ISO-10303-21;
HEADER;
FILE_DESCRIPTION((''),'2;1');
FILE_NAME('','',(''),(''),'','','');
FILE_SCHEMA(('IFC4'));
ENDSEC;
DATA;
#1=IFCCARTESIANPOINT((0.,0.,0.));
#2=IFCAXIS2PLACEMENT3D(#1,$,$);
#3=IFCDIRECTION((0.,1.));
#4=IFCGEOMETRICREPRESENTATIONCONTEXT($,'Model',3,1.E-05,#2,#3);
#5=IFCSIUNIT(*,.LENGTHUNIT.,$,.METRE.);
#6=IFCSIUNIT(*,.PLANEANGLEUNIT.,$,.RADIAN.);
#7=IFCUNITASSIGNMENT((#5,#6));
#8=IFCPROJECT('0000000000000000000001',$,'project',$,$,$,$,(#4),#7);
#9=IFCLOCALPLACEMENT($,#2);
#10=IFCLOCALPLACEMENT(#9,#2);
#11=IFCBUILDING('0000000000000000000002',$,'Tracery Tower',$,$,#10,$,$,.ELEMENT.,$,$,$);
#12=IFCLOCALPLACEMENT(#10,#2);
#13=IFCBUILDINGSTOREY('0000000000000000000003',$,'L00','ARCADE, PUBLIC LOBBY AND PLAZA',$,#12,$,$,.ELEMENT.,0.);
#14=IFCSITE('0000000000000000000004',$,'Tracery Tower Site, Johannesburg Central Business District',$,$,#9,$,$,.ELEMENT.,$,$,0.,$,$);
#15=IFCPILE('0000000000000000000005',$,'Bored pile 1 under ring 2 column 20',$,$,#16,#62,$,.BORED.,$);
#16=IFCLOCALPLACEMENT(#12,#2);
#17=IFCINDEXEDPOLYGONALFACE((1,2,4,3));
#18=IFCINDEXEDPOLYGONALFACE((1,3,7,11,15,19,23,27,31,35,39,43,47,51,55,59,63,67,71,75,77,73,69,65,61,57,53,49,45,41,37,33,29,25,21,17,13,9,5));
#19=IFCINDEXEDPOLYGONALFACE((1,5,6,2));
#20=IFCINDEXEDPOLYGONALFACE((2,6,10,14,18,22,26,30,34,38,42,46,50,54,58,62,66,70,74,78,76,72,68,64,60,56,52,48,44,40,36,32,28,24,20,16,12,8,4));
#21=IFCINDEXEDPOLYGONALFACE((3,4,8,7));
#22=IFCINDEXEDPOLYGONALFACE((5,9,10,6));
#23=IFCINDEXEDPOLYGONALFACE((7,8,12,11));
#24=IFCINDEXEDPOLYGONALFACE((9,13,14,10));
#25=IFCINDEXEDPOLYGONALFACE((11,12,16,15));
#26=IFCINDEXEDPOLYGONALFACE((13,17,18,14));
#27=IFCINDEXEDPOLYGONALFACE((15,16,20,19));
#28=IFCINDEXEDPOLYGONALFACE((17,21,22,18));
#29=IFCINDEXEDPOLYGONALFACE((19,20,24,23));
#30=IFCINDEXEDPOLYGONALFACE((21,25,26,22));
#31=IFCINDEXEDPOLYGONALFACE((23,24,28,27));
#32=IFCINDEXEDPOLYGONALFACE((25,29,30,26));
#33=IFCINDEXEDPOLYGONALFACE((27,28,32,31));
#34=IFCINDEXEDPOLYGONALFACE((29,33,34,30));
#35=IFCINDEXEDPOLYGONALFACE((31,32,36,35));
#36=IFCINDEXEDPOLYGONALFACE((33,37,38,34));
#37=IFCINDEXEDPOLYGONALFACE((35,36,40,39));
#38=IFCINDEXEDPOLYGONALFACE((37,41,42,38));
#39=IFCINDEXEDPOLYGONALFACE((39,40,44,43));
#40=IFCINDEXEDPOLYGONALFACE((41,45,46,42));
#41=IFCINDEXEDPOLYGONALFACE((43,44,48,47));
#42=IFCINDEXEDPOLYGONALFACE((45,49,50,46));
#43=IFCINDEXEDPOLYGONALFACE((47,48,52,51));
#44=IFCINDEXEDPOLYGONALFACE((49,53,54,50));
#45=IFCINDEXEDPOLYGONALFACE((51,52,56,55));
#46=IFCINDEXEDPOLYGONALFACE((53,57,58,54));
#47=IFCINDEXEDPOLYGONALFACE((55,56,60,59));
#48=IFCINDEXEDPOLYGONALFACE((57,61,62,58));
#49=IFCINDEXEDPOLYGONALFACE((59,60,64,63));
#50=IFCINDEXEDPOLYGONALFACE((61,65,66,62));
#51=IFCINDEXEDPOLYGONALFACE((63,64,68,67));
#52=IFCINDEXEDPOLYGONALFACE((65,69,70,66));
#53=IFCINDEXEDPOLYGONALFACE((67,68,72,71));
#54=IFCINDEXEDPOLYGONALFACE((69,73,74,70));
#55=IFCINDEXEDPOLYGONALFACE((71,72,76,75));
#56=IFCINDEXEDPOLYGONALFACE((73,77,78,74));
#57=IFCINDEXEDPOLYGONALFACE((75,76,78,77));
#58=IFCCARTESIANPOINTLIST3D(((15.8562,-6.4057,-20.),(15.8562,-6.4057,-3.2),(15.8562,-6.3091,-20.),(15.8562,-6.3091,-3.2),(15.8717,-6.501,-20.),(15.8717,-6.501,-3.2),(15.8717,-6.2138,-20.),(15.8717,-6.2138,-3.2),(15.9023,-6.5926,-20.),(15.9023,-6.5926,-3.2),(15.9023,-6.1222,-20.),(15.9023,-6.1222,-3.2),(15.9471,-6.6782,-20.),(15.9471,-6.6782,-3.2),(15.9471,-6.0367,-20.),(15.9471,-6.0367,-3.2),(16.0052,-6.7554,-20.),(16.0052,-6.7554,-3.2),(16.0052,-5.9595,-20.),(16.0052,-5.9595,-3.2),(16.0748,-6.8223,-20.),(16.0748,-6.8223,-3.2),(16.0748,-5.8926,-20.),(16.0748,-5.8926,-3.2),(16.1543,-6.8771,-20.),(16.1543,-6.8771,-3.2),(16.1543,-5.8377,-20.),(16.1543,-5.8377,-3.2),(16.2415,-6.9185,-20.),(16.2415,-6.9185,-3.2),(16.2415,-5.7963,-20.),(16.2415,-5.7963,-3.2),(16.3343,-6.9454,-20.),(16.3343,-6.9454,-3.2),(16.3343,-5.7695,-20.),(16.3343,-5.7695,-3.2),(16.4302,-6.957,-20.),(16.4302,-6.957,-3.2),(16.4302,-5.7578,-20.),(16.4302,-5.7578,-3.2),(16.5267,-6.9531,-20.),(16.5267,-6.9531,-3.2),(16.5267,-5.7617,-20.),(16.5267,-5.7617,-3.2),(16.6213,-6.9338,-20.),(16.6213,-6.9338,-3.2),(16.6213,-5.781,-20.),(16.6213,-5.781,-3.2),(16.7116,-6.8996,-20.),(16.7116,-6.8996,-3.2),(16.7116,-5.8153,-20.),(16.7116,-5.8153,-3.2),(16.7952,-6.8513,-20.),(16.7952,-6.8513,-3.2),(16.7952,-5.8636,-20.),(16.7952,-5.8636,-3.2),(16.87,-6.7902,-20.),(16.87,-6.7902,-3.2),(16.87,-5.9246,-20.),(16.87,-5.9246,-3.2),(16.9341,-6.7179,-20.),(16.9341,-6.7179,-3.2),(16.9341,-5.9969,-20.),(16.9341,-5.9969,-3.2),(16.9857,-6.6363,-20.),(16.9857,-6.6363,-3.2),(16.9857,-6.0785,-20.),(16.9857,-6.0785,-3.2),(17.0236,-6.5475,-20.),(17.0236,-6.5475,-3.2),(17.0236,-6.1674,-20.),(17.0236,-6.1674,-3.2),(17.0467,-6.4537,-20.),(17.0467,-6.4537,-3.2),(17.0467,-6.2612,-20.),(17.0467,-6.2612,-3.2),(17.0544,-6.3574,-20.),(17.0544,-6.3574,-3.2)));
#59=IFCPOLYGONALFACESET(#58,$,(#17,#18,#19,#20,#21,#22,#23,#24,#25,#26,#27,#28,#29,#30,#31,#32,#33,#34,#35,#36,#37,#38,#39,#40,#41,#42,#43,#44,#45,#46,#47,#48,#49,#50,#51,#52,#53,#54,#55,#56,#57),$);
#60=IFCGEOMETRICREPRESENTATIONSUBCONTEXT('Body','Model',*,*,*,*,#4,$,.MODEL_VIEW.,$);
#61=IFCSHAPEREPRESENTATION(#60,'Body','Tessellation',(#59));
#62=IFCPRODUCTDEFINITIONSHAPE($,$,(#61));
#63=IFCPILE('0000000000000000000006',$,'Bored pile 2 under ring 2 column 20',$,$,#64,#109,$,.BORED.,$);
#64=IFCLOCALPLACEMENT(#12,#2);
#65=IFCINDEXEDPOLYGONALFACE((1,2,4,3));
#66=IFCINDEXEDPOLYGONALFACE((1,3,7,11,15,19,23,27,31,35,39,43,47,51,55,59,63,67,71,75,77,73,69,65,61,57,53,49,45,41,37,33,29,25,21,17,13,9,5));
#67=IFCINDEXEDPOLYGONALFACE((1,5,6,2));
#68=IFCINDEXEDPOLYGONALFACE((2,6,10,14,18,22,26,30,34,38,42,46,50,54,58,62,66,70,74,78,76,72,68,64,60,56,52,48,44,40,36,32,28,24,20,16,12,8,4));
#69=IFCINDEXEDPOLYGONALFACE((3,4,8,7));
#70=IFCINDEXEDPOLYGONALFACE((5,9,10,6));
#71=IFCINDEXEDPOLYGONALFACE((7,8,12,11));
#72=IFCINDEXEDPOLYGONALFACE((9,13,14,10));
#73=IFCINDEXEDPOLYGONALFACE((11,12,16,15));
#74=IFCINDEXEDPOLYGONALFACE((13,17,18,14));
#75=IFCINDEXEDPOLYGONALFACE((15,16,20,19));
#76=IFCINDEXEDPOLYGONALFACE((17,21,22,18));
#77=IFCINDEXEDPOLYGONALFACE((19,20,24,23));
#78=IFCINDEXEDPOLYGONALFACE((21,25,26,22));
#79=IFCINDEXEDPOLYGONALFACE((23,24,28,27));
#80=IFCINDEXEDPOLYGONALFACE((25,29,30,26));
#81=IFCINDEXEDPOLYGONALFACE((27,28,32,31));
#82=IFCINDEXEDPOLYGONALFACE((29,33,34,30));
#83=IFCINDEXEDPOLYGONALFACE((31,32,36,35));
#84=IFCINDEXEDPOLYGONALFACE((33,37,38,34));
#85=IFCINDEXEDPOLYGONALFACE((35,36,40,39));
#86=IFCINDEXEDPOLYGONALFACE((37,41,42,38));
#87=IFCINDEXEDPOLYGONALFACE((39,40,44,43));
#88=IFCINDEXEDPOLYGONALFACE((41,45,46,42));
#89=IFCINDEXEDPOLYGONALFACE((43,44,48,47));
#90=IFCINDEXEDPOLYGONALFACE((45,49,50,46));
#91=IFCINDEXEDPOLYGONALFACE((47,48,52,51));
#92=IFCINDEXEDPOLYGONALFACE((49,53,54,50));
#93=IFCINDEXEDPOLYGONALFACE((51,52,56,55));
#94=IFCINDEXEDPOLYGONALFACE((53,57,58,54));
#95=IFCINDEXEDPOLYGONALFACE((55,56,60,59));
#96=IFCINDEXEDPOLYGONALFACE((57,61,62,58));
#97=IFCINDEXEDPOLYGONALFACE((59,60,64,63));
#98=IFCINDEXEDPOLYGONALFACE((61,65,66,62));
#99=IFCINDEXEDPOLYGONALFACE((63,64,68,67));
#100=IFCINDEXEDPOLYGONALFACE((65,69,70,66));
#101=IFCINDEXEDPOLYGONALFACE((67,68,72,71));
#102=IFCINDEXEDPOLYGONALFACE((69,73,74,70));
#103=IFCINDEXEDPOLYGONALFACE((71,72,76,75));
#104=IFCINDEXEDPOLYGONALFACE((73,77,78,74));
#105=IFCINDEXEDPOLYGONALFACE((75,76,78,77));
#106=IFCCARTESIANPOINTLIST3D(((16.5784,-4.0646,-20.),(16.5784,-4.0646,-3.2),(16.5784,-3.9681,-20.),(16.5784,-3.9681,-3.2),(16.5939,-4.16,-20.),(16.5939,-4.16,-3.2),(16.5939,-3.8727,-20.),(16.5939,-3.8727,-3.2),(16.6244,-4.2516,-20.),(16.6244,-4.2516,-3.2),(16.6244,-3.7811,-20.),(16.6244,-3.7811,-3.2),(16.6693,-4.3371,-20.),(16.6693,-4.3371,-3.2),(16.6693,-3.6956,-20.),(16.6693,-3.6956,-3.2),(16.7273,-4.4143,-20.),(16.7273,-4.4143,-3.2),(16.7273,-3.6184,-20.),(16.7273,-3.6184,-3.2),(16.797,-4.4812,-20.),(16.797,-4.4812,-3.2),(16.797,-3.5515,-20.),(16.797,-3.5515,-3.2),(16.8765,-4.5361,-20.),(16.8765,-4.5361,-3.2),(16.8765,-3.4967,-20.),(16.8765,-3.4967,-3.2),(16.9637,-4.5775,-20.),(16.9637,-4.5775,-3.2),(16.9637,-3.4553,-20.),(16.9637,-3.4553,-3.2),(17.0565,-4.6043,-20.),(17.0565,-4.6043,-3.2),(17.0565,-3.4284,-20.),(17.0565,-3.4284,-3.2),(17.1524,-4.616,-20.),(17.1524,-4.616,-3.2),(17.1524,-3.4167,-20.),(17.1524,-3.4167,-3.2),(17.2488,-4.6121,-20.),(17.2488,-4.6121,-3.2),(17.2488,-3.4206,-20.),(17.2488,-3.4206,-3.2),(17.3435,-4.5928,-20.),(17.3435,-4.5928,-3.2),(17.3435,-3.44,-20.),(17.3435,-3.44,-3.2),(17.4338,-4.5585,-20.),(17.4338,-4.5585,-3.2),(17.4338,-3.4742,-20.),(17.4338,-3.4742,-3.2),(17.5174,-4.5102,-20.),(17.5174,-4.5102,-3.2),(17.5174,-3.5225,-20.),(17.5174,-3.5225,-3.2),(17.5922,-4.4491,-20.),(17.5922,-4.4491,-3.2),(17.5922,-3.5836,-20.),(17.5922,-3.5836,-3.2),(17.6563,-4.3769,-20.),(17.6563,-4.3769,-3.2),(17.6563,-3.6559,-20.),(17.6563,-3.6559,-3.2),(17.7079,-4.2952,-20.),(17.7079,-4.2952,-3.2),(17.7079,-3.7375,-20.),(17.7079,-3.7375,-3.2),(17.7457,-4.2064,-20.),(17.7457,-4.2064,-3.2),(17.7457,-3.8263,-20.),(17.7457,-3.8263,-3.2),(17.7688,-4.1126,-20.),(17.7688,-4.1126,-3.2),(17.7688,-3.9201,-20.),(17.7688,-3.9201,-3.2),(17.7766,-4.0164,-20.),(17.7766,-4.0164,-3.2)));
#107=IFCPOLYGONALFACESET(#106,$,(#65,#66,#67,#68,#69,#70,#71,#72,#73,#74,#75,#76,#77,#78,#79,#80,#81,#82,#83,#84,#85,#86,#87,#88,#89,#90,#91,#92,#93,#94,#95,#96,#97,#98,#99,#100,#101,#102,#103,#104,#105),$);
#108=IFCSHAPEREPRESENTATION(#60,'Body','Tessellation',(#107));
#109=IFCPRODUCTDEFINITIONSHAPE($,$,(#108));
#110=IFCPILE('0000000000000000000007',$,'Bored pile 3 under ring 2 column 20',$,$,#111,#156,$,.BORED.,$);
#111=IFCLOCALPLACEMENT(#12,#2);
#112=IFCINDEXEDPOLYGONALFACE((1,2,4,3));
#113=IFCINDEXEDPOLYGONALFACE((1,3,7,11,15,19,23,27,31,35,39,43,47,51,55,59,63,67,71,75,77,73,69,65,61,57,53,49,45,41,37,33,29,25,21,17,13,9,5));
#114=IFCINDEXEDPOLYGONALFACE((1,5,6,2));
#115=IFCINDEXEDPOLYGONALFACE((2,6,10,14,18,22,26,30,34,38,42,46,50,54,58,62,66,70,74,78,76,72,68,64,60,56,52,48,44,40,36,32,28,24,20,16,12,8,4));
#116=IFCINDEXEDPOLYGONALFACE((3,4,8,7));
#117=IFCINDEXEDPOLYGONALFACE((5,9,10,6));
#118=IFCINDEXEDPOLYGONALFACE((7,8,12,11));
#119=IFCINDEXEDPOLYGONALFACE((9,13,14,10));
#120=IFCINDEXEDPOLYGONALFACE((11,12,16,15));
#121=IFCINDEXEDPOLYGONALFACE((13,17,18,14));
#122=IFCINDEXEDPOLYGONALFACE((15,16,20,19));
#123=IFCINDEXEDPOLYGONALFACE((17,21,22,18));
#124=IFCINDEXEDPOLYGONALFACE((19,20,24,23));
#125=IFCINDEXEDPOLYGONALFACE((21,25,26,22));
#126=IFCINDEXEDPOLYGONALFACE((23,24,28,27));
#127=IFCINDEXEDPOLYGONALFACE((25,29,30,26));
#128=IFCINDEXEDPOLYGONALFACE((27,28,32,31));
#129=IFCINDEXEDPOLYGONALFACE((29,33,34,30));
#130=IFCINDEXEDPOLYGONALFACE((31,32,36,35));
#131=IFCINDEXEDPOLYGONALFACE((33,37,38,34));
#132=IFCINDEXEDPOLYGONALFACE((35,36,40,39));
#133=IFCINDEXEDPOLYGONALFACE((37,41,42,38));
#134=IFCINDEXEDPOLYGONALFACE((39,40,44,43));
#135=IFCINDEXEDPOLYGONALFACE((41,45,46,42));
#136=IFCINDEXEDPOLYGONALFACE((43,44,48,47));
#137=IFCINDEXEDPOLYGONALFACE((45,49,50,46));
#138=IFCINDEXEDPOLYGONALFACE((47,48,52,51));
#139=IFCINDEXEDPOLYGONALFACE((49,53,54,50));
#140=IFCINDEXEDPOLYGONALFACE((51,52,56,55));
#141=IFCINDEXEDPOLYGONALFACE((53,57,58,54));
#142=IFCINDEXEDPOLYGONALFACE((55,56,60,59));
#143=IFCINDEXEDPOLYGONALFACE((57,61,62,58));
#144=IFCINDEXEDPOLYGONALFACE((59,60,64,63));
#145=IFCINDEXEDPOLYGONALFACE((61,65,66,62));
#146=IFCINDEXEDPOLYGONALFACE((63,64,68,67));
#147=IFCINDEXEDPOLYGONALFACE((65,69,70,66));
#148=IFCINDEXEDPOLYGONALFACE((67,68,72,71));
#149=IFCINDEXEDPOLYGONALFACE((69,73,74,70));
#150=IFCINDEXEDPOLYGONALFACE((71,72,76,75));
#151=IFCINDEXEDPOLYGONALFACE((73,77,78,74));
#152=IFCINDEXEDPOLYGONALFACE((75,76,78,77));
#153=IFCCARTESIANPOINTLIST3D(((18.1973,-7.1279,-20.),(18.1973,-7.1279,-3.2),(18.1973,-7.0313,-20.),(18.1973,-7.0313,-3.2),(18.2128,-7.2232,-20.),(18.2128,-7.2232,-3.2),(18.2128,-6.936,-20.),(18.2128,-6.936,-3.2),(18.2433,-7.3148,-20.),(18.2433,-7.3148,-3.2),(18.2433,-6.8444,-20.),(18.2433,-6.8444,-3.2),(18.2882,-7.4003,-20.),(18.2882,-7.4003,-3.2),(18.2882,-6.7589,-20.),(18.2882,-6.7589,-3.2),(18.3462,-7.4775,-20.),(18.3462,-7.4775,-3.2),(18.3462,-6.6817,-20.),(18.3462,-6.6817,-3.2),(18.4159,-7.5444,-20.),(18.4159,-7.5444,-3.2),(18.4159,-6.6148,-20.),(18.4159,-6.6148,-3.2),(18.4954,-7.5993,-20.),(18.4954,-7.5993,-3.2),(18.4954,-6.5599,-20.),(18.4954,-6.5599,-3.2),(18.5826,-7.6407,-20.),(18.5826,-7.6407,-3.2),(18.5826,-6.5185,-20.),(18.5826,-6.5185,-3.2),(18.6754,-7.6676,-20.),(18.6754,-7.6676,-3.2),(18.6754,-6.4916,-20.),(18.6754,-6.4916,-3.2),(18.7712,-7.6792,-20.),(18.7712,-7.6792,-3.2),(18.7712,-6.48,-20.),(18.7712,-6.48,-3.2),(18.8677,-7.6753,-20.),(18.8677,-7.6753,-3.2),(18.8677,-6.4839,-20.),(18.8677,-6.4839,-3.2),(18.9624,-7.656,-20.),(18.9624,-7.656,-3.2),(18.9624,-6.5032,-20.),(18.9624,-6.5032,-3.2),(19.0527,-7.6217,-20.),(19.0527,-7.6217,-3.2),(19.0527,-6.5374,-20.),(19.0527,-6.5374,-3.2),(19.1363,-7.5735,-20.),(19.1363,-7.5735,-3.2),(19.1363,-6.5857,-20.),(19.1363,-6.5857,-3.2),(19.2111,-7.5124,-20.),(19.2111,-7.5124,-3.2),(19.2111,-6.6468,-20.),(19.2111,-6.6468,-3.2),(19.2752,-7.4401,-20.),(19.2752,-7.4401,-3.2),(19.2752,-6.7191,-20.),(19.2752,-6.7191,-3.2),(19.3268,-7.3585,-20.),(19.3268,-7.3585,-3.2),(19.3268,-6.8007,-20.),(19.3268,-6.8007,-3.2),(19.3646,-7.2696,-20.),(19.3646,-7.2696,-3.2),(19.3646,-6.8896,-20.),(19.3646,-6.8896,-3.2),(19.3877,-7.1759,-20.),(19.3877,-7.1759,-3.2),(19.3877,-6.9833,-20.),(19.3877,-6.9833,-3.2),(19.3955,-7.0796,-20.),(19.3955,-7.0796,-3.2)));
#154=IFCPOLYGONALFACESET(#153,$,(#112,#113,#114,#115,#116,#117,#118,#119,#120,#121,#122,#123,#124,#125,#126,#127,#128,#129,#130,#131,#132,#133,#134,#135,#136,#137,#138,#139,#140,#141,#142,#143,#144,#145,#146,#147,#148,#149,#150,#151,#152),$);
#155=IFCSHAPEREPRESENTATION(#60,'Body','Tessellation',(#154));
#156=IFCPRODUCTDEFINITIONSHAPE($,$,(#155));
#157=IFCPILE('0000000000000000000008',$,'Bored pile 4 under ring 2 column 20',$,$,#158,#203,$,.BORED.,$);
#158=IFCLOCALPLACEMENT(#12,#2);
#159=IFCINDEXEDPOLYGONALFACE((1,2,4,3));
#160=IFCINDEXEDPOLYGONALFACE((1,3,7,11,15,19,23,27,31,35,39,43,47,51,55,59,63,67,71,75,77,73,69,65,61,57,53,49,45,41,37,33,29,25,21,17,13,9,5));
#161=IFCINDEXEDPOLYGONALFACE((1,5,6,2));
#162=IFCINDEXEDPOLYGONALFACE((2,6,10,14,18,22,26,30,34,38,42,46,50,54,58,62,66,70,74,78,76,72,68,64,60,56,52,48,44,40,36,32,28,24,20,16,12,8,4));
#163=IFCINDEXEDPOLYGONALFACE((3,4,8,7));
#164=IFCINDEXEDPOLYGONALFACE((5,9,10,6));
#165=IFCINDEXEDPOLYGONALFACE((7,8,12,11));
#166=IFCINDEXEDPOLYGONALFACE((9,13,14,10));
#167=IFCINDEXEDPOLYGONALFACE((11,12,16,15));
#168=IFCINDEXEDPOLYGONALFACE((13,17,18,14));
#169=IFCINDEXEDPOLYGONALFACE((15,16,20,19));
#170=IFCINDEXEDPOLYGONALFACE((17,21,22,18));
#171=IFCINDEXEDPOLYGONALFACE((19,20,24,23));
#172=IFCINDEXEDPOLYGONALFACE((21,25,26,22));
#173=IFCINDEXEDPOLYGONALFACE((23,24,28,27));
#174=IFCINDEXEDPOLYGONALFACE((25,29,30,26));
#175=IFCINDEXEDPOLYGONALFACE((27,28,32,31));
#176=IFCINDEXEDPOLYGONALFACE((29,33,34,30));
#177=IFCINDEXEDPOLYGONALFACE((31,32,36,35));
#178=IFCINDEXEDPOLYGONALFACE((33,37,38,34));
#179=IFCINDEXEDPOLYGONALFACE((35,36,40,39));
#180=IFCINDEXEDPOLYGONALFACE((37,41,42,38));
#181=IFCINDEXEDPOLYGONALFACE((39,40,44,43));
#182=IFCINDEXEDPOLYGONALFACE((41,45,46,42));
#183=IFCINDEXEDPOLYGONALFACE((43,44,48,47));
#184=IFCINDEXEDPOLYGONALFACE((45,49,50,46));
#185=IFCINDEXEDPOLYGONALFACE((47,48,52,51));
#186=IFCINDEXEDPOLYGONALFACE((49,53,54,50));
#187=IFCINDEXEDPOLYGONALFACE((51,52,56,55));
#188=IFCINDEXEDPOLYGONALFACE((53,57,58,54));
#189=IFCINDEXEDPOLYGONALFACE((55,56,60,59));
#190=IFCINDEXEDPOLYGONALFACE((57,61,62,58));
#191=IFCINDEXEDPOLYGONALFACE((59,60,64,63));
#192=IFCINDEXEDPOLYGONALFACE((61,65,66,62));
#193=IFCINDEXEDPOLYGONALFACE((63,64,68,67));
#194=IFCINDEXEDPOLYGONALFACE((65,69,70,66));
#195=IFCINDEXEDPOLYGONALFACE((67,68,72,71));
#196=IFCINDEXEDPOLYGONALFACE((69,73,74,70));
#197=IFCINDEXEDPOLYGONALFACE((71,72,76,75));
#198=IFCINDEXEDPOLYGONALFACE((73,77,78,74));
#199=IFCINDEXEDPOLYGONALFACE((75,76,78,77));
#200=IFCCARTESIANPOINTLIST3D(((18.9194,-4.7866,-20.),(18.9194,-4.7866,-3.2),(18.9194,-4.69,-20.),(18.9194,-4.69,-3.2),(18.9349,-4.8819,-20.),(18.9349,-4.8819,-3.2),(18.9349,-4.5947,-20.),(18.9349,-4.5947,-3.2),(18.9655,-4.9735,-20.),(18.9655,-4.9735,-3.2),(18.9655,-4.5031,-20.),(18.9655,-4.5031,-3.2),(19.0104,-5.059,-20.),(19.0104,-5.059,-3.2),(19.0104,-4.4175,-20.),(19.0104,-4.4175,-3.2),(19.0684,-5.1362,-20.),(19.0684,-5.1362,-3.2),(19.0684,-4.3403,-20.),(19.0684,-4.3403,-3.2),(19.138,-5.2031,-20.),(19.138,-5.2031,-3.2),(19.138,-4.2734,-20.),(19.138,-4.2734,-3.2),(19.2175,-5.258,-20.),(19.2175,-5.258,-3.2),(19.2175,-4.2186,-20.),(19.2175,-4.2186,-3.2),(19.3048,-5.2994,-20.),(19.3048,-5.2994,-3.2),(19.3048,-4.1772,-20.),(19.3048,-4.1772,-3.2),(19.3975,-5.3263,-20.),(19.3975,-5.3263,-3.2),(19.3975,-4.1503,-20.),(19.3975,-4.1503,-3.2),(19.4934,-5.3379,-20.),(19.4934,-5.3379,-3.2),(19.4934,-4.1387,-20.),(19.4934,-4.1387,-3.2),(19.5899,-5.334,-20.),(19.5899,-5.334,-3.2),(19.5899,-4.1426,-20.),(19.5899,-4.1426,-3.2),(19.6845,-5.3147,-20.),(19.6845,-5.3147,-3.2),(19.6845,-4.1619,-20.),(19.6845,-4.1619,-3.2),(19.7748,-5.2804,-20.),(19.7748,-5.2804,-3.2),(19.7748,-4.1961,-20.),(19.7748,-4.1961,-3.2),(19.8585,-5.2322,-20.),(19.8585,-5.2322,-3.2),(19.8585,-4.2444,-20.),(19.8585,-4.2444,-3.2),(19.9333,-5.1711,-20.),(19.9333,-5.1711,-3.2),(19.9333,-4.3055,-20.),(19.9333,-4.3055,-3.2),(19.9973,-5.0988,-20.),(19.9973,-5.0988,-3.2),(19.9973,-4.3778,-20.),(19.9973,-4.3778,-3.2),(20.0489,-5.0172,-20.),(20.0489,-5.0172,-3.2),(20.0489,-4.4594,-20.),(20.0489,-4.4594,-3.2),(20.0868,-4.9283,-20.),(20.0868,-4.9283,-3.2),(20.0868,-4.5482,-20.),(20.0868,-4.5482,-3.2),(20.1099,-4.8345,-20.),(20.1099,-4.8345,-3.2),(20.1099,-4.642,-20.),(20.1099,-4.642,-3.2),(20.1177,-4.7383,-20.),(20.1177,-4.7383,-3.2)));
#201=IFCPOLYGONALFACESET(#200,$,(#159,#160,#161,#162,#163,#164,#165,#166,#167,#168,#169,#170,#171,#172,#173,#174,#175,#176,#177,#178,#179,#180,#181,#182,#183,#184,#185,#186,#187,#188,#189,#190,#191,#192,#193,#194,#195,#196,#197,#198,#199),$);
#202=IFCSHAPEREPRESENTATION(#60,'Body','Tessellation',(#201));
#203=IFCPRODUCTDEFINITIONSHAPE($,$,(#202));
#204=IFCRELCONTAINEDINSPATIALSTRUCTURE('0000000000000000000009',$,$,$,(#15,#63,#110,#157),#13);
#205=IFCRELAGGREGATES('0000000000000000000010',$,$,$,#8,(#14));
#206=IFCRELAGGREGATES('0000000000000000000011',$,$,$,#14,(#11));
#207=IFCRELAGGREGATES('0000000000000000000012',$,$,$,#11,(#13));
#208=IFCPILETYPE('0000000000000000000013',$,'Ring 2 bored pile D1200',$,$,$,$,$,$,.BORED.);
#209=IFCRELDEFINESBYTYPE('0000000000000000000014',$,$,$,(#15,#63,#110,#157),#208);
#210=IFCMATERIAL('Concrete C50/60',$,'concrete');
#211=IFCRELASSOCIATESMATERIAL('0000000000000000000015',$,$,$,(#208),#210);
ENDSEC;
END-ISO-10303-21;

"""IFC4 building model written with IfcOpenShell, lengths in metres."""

from ifc_helpers import new_model, si_unit, direction, frame, origin, origin_2d, place, context, subcontext, project, spatial, circle, extrude, material, material_profile, profile_set, type_object, element, save


model = new_model("IFC4")

# Units and contexts
model_context = context("Model", 3, precision=1e-05, world=origin(), true_north=direction((0.0, 1.0)))
body_context = subcontext(model_context, "Body", "Model", "MODEL_VIEW")
ifc_project = project(units=[si_unit("LENGTHUNIT", "METRE"), si_unit("PLANEANGLEUNIT", "RADIAN")], contexts=[model_context])

# Site, building, storey
site_placement = place(None, origin())
site = spatial("IfcSite", under=ifc_project, at=site_placement, Name="Tracery Tower Site, Johannesburg Central Business District", CompositionType="ELEMENT", RefElevation=0.0)
building_placement = place(site_placement, origin())
building = spatial("IfcBuilding", under=site, at=building_placement, Name="Tracery Tower", CompositionType="ELEMENT")
storey_placement = place(building_placement, origin())
storey = spatial("IfcBuildingStorey", under=building, at=storey_placement, Name="L00", Description="ARCADE, PUBLIC LOBBY AND PLAZA", CompositionType="ELEMENT", Elevation=0.0)

# Piles
ifc_material_1 = material(Name="Concrete C50/60", Category="concrete")
ifc_material_profile_1 = material_profile(ifc_material_1, circle(Radius=0.6001, at=origin_2d()), Name="RC D1200")
ifc_profile_set_1 = profile_set([ifc_material_profile_1], Name="Concrete C50/60")
pile_type_1 = type_object("IfcPileType", Name="Ring 2 bored pile D1200", PredefinedType="BORED", material=ifc_profile_set_1)
for number, where, z_axis, x_axis, name in (
    (1, (16.4543, -6.3574, -3.2), (0.0, 0.0, -1.0), (1.0, 0.0, 0.0), "Bored pile 1 under ring 2 column 20"),
    (2, (17.1765, -4.0164, -3.2), (0.0, 0.0, -1.0), (1.0, 0.0, 0.0), "Bored pile 2 under ring 2 column 20"),
    (3, (18.7954, -7.0796, -3.2), (0.0, 0.0, -1.0), (1.0, 0.0, 0.0), "Bored pile 3 under ring 2 column 20"),
    (4, (19.5176, -4.7383, -3.2), (0.0, 0.0, -1.0), (1.0, 0.0, 0.0), "Bored pile 4 under ring 2 column 20"),
):
    element("IfcPile", number, at=place(storey_placement, frame(where, z_axis=z_axis, x_axis=x_axis)), inside=storey, type_object=pile_type_1, Name=name, PredefinedType="BORED", context=body_context, shape_type="SweptSolid", body=[
        extrude(circle(Radius=0.6001, at=origin_2d()), origin(), (0.0, 0.0, 1.0), 16.8),
    ])

save(model, "model.ifc")
